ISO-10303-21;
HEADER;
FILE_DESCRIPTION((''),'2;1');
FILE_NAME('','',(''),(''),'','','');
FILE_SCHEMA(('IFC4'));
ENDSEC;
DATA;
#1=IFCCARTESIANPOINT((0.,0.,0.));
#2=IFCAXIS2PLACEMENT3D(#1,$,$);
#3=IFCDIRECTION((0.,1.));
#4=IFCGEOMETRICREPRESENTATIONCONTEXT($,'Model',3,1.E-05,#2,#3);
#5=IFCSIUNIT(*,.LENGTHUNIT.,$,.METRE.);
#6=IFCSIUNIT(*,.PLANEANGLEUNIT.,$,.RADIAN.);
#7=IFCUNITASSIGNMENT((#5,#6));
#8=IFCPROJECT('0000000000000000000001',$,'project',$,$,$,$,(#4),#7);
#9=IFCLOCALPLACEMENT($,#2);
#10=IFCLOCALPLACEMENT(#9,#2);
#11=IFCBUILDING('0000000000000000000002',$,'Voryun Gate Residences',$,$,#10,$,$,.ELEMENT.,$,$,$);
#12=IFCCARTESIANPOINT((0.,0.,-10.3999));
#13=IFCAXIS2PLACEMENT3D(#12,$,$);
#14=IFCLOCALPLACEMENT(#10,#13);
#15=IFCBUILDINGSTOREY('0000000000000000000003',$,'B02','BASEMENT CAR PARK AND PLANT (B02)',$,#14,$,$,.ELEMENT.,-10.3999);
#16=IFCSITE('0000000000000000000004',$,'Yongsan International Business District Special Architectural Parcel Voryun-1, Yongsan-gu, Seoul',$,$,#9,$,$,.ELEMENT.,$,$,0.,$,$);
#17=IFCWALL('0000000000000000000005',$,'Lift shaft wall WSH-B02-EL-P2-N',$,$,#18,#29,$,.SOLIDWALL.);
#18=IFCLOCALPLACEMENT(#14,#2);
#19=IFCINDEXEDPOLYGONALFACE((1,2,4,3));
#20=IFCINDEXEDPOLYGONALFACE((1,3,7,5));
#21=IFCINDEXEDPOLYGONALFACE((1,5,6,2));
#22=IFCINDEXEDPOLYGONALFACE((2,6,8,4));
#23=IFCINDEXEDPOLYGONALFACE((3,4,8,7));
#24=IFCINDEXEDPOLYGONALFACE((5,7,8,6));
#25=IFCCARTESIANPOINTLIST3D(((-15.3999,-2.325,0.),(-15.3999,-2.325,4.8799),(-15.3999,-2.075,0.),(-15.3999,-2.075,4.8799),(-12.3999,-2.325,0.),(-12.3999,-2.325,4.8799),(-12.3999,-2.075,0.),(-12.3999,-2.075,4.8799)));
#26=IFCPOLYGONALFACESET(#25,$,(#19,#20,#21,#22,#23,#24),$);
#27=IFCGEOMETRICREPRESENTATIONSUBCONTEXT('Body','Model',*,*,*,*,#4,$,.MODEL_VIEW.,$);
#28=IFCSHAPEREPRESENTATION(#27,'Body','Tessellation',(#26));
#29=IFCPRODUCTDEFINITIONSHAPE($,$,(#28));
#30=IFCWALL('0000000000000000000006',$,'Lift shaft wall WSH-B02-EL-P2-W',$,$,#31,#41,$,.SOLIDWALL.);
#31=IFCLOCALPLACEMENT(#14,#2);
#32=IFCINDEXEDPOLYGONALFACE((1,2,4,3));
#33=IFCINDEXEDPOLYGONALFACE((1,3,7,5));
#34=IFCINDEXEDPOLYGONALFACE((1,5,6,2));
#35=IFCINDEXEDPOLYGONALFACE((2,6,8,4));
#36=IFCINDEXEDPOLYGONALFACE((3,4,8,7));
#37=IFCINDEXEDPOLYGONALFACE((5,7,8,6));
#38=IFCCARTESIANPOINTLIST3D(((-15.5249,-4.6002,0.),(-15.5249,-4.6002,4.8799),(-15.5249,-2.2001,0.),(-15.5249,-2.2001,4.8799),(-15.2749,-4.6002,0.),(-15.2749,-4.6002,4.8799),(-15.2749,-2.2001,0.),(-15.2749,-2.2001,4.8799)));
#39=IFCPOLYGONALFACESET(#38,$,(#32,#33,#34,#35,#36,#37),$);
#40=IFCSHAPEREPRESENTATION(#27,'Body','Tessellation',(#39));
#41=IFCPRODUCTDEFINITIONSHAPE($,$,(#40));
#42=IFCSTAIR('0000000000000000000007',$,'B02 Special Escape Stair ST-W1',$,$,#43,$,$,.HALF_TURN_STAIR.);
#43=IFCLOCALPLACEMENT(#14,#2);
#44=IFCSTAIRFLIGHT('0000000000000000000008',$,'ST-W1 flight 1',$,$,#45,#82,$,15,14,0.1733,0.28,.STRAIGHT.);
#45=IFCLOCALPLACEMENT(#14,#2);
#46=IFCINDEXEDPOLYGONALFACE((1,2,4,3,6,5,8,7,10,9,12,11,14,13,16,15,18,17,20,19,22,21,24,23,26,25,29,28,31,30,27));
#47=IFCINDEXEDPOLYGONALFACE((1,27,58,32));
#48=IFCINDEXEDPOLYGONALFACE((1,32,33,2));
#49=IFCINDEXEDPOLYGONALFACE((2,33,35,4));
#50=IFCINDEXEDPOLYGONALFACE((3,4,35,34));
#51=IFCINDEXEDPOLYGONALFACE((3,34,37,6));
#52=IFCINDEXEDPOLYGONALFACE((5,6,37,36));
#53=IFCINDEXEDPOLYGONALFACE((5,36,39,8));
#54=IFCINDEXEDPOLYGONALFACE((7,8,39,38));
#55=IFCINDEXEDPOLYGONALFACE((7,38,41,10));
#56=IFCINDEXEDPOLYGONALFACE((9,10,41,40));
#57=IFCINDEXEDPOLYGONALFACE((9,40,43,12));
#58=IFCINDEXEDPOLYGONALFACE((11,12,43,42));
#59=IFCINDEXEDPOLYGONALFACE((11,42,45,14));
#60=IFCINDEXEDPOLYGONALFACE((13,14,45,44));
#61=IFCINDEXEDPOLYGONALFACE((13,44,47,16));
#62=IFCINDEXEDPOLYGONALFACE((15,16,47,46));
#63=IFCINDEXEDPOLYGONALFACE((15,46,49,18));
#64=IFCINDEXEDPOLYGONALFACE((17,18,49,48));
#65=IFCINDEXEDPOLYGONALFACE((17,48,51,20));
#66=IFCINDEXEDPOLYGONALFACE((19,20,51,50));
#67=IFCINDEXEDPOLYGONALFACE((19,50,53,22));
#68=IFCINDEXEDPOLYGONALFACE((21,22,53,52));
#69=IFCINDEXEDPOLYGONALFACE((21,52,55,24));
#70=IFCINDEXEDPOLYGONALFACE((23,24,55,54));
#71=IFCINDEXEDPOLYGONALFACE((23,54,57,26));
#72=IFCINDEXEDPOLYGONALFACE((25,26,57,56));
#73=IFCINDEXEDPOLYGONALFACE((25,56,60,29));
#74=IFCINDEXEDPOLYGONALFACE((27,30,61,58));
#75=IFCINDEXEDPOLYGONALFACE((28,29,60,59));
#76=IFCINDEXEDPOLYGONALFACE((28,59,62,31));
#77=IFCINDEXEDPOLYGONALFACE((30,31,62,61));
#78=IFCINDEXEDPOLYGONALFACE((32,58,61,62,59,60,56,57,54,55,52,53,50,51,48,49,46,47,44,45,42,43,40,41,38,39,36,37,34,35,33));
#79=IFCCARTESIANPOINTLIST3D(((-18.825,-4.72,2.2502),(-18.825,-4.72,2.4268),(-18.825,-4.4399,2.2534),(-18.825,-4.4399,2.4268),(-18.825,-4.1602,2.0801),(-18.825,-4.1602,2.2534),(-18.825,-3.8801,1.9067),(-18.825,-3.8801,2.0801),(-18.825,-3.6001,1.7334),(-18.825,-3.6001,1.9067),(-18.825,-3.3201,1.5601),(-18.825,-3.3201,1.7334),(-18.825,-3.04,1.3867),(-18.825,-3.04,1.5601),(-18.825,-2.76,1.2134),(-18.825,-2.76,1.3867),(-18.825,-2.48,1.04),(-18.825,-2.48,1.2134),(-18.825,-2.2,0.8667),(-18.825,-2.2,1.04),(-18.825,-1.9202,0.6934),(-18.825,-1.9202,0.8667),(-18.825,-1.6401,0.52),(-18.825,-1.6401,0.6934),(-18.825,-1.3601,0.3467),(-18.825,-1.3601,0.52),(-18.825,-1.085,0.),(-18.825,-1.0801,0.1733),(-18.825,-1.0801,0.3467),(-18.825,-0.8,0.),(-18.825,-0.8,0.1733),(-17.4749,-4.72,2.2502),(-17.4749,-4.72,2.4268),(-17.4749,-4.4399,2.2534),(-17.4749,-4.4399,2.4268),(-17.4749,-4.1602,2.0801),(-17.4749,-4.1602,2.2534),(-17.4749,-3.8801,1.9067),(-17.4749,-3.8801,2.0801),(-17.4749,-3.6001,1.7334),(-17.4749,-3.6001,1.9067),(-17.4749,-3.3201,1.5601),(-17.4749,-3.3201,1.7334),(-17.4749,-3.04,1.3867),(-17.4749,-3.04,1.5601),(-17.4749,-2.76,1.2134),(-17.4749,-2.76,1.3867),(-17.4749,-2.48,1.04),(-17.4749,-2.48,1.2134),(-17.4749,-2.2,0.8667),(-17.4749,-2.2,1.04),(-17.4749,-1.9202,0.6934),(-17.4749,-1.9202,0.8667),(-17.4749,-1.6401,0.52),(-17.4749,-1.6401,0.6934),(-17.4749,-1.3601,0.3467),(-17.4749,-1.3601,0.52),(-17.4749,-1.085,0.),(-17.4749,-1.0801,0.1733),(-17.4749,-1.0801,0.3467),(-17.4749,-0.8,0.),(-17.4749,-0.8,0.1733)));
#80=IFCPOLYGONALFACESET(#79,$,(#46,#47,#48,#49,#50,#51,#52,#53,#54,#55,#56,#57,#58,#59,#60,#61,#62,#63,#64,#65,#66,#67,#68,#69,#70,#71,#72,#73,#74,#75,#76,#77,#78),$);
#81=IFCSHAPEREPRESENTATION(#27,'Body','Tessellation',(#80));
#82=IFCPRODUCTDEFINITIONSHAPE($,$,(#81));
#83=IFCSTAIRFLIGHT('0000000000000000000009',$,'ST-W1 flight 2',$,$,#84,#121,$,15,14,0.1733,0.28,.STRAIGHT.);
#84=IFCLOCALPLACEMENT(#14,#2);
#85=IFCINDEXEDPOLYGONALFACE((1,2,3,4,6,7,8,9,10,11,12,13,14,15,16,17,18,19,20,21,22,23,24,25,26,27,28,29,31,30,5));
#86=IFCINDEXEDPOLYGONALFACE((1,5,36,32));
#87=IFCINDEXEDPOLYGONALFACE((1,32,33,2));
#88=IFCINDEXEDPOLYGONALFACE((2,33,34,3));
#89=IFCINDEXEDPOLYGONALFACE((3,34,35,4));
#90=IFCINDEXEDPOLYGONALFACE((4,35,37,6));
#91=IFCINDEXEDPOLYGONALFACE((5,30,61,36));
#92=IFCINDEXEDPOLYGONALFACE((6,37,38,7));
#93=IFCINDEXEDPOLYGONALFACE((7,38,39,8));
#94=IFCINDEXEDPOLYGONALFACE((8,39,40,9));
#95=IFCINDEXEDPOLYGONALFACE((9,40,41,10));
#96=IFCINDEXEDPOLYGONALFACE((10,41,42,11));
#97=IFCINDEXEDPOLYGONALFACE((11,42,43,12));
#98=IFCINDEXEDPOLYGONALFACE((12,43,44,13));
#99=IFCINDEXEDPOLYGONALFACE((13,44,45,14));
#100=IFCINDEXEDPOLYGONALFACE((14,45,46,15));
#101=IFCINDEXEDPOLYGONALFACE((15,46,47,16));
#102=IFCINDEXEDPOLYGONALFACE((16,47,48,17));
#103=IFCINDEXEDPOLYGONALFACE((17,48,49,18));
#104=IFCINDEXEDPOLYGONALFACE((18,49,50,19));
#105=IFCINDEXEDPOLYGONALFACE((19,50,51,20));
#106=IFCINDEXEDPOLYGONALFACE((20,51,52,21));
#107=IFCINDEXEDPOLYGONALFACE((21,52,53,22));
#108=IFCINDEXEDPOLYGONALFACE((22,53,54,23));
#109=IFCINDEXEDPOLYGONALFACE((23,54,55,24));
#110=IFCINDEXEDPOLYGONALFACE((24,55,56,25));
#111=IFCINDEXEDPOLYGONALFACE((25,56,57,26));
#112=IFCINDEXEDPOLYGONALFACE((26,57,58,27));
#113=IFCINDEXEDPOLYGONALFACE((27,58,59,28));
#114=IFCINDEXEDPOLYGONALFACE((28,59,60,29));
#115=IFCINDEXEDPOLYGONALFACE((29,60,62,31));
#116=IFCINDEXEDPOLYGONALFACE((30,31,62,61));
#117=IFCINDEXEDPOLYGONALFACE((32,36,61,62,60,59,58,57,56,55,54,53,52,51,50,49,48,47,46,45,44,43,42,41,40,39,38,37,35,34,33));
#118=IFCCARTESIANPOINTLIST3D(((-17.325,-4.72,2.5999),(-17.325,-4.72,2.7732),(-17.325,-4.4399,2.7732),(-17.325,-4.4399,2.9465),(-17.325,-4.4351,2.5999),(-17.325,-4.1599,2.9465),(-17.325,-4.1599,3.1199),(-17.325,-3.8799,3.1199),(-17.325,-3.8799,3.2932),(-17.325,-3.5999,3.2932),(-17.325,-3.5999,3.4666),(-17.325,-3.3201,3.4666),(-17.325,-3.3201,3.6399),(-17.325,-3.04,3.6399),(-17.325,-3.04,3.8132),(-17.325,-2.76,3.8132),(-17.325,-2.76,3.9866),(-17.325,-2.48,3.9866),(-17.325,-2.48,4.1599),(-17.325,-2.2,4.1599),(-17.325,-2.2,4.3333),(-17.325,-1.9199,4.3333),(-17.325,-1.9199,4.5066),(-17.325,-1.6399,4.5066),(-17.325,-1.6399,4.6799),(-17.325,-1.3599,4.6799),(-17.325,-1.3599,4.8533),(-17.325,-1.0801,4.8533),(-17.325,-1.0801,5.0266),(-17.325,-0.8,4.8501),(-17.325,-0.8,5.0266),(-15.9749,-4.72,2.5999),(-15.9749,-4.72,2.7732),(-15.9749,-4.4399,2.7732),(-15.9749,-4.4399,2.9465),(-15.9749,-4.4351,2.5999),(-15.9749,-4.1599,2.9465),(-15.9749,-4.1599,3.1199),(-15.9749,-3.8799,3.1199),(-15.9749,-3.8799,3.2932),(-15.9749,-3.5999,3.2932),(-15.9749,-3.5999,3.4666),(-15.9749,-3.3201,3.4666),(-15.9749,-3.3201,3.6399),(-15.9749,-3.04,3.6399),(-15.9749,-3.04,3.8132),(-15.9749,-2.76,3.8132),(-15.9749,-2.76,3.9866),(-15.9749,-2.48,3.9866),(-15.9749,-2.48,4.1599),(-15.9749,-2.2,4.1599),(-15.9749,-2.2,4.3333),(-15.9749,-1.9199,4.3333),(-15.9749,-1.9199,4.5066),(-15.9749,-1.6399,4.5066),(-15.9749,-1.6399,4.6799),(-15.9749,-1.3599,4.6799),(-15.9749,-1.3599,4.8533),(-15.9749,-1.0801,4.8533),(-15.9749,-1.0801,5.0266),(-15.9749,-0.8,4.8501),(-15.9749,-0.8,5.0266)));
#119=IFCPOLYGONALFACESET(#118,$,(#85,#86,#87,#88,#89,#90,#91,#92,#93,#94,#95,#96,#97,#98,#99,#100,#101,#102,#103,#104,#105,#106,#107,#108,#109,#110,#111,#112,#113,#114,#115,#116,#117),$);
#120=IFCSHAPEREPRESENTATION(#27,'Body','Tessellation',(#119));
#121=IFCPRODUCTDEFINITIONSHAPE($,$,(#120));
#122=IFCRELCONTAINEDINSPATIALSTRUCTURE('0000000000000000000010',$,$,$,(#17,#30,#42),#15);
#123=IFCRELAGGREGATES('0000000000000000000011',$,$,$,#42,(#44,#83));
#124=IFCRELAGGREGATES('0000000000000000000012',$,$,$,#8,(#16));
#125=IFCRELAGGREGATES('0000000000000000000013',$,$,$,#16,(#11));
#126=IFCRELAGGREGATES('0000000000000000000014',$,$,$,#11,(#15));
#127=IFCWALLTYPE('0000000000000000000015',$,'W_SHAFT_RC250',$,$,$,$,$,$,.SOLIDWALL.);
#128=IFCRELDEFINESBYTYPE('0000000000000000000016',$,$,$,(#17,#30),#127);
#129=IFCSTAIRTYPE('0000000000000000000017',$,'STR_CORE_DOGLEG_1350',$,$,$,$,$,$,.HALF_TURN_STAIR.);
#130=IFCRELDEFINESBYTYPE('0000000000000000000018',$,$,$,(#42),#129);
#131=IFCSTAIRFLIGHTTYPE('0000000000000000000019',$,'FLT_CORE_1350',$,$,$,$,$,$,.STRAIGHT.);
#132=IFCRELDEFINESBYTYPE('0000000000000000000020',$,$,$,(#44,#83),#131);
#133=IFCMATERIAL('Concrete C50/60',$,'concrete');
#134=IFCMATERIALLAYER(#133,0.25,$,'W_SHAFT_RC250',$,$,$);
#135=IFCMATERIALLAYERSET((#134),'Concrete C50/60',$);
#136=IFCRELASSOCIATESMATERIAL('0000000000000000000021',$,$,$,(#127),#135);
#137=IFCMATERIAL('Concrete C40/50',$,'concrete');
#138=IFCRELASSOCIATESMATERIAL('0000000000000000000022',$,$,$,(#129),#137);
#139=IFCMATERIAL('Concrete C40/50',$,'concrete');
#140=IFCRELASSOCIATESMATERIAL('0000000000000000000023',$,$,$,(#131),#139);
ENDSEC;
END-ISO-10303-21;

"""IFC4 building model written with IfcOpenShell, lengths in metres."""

from ifc_helpers import new_model, si_unit, direction, frame, frame_2d, origin, place, context, subcontext, project, spatial, polyline, rectangle, outline, extrude, material, layer, layer_set, type_object, element, aggregate, save


model = new_model("IFC4")

# Units and contexts
model_context = context("Model", 3, precision=1e-05, world=origin(), true_north=direction((0.0, 1.0)))
body_context = subcontext(model_context, "Body", "Model", "MODEL_VIEW")
ifc_project = project(units=[si_unit("LENGTHUNIT", "METRE"), si_unit("PLANEANGLEUNIT", "RADIAN")], contexts=[model_context])

# Site, building, storey
site_placement = place(None, origin())
site = spatial("IfcSite", under=ifc_project, at=site_placement, Name="Yongsan International Business District Special Architectural Parcel Voryun-1, Yongsan-gu, Seoul", CompositionType="ELEMENT", RefElevation=0.0)
building_placement = place(site_placement, origin())
building = spatial("IfcBuilding", under=site, at=building_placement, Name="Voryun Gate Residences", CompositionType="ELEMENT")
storey_placement = place(building_placement, frame((0.0, 0.0, -10.3999)))
storey = spatial("IfcBuildingStorey", under=building, at=storey_placement, Name="B02", Description="BASEMENT CAR PARK AND PLANT (B02)", CompositionType="ELEMENT", Elevation=-10.3999)

# Walls
ifc_material_1 = material(Name="Concrete C50/60", Category="concrete")
ifc_layer_1 = layer(ifc_material_1, 0.25, Name="W_SHAFT_RC250")
ifc_layer_set_1 = layer_set([ifc_layer_1], Name="Concrete C50/60")
wall_type_1 = type_object("IfcWallType", Name="W_SHAFT_RC250", PredefinedType="SOLIDWALL", material=ifc_layer_set_1)
wall_1_placement = place(storey_placement, frame((-12.3999, -2.2, 0.0), z_axis=(0.0, 0.0, 1.0), x_axis=(-1.0, 0.0, 0.0)))
element("IfcWall", 1, at=wall_1_placement, inside=storey, type_object=wall_type_1, Name="Lift shaft wall WSH-B02-EL-P2-N", PredefinedType="SOLIDWALL", context=body_context, shape_type="SweptSolid", body=[
    extrude(rectangle(XDim=3.0, YDim=0.25, at=frame_2d((1.5, 0.0))), origin(), (0.0, 0.0, 1.0), 4.8799),
])
wall_2_placement = place(storey_placement, frame((-15.3999, -2.2, 0.0), z_axis=(0.0, 0.0, 1.0), x_axis=(0.0, -1.0, 0.0)))
element("IfcWall", 2, at=wall_2_placement, inside=storey, type_object=wall_type_1, Name="Lift shaft wall WSH-B02-EL-P2-W", PredefinedType="SOLIDWALL", context=body_context, shape_type="SweptSolid", body=[
    extrude(rectangle(XDim=2.4001, YDim=0.25, at=frame_2d((1.2002, 0.0))), origin(), (0.0, 0.0, 1.0), 4.8799),
])

# Stair, stair flights
ifc_material_2 = material(Name="Concrete C40/50", Category="concrete")
stair_type = type_object("IfcStairType", Name="STR_CORE_DOGLEG_1350", PredefinedType="HALF_TURN_STAIR", material=ifc_material_2)
stair_placement = place(storey_placement, origin())
stair = element("IfcStair", 3, at=stair_placement, inside=storey, type_object=stair_type, Name="B02 Special Escape Stair ST-W1", PredefinedType="HALF_TURN_STAIR")
ifc_material_3 = material(Name="Concrete C40/50", Category="concrete")
stair_flight_type = type_object("IfcStairFlightType", Name="FLT_CORE_1350", PredefinedType="STRAIGHT", material=ifc_material_3)
stair_flight_1_placement = place(storey_placement, frame((-18.1499, -0.8, 0.0), z_axis=(0.0, 0.0, 1.0), x_axis=(0.0, -1.0, 0.0)))
stair_flight_1 = element("IfcStairFlight", 4, at=stair_flight_1_placement, type_object=stair_flight_type, Name="ST-W1 flight 1", NumberOfRisers=15, NumberOfTreads=14, PredefinedType="STRAIGHT", RiserHeight=0.1733, TreadLength=0.28, context=body_context, shape_type="SweptSolid", body=[
    extrude(outline(polyline([(0.0, 0.0), (0.0, 0.1733), (0.28, 0.1733), (0.28, 0.3467), (0.5601, 0.3467), (0.5601, 0.52), (0.8401, 0.52), (0.8401, 0.6934), (1.1201, 0.6934), (1.1201, 0.8667), (1.3999, 0.8667), (1.3999, 1.04), (1.6799, 1.04), (1.6799, 1.2134), (1.96, 1.2134), (1.96, 1.3867), (2.24, 1.3867), (2.24, 1.5601), (2.52, 1.5601), (2.52, 1.7334), (2.8, 1.7334), (2.8, 1.9067), (3.0801, 1.9067), (3.0801, 2.0801), (3.3601, 2.0801), (3.3601, 2.2534), (3.6399, 2.2534), (3.6399, 2.4268), (3.9199, 2.4268), (3.9199, 2.6001), (3.9199, 2.2502), (0.2849, 0.0), (0.0, 0.0)])), frame((0.0, 0.675, 0.0), z_axis=(0.0, -1.0, 0.0), x_axis=(1.0, 0.0, 0.0)), (0.0, 0.0, 1.0), 1.3501),
])
stair_flight_2_placement = place(storey_placement, frame((-16.6499, -4.72, 2.5999), z_axis=(0.0, 0.0, 1.0), x_axis=(0.0, 1.0, 0.0)))
stair_flight_2 = element("IfcStairFlight", 5, at=stair_flight_2_placement, type_object=stair_flight_type, Name="ST-W1 flight 2", NumberOfRisers=15, NumberOfTreads=14, PredefinedType="STRAIGHT", RiserHeight=0.1733, TreadLength=0.28, context=body_context, shape_type="SweptSolid", body=[
    extrude(outline(polyline([(0.0, 0.0), (0.0, 0.1733), (0.28, 0.1733), (0.28, 0.3467), (0.5601, 0.3467), (0.5601, 0.52), (0.8401, 0.52), (0.8401, 0.6934), (1.1201, 0.6934), (1.1201, 0.8667), (1.3999, 0.8667), (1.3999, 1.04), (1.6799, 1.04), (1.6799, 1.2134), (1.96, 1.2134), (1.96, 1.3867), (2.24, 1.3867), (2.24, 1.5601), (2.52, 1.5601), (2.52, 1.7334), (2.8, 1.7334), (2.8, 1.9067), (3.0801, 1.9067), (3.0801, 2.0801), (3.3601, 2.0801), (3.3601, 2.2534), (3.6399, 2.2534), (3.6399, 2.4268), (3.9199, 2.4268), (3.9199, 2.6001), (3.9199, 2.2502), (0.2849, 0.0), (0.0, 0.0)])), frame((0.0, 0.675, 0.0), z_axis=(0.0, -1.0, 0.0), x_axis=(1.0, 0.0, 0.0)), (0.0, 0.0, 1.0), 1.3501),
])
aggregate(stair, [stair_flight_1, stair_flight_2])

save(model, "model.ifc")
